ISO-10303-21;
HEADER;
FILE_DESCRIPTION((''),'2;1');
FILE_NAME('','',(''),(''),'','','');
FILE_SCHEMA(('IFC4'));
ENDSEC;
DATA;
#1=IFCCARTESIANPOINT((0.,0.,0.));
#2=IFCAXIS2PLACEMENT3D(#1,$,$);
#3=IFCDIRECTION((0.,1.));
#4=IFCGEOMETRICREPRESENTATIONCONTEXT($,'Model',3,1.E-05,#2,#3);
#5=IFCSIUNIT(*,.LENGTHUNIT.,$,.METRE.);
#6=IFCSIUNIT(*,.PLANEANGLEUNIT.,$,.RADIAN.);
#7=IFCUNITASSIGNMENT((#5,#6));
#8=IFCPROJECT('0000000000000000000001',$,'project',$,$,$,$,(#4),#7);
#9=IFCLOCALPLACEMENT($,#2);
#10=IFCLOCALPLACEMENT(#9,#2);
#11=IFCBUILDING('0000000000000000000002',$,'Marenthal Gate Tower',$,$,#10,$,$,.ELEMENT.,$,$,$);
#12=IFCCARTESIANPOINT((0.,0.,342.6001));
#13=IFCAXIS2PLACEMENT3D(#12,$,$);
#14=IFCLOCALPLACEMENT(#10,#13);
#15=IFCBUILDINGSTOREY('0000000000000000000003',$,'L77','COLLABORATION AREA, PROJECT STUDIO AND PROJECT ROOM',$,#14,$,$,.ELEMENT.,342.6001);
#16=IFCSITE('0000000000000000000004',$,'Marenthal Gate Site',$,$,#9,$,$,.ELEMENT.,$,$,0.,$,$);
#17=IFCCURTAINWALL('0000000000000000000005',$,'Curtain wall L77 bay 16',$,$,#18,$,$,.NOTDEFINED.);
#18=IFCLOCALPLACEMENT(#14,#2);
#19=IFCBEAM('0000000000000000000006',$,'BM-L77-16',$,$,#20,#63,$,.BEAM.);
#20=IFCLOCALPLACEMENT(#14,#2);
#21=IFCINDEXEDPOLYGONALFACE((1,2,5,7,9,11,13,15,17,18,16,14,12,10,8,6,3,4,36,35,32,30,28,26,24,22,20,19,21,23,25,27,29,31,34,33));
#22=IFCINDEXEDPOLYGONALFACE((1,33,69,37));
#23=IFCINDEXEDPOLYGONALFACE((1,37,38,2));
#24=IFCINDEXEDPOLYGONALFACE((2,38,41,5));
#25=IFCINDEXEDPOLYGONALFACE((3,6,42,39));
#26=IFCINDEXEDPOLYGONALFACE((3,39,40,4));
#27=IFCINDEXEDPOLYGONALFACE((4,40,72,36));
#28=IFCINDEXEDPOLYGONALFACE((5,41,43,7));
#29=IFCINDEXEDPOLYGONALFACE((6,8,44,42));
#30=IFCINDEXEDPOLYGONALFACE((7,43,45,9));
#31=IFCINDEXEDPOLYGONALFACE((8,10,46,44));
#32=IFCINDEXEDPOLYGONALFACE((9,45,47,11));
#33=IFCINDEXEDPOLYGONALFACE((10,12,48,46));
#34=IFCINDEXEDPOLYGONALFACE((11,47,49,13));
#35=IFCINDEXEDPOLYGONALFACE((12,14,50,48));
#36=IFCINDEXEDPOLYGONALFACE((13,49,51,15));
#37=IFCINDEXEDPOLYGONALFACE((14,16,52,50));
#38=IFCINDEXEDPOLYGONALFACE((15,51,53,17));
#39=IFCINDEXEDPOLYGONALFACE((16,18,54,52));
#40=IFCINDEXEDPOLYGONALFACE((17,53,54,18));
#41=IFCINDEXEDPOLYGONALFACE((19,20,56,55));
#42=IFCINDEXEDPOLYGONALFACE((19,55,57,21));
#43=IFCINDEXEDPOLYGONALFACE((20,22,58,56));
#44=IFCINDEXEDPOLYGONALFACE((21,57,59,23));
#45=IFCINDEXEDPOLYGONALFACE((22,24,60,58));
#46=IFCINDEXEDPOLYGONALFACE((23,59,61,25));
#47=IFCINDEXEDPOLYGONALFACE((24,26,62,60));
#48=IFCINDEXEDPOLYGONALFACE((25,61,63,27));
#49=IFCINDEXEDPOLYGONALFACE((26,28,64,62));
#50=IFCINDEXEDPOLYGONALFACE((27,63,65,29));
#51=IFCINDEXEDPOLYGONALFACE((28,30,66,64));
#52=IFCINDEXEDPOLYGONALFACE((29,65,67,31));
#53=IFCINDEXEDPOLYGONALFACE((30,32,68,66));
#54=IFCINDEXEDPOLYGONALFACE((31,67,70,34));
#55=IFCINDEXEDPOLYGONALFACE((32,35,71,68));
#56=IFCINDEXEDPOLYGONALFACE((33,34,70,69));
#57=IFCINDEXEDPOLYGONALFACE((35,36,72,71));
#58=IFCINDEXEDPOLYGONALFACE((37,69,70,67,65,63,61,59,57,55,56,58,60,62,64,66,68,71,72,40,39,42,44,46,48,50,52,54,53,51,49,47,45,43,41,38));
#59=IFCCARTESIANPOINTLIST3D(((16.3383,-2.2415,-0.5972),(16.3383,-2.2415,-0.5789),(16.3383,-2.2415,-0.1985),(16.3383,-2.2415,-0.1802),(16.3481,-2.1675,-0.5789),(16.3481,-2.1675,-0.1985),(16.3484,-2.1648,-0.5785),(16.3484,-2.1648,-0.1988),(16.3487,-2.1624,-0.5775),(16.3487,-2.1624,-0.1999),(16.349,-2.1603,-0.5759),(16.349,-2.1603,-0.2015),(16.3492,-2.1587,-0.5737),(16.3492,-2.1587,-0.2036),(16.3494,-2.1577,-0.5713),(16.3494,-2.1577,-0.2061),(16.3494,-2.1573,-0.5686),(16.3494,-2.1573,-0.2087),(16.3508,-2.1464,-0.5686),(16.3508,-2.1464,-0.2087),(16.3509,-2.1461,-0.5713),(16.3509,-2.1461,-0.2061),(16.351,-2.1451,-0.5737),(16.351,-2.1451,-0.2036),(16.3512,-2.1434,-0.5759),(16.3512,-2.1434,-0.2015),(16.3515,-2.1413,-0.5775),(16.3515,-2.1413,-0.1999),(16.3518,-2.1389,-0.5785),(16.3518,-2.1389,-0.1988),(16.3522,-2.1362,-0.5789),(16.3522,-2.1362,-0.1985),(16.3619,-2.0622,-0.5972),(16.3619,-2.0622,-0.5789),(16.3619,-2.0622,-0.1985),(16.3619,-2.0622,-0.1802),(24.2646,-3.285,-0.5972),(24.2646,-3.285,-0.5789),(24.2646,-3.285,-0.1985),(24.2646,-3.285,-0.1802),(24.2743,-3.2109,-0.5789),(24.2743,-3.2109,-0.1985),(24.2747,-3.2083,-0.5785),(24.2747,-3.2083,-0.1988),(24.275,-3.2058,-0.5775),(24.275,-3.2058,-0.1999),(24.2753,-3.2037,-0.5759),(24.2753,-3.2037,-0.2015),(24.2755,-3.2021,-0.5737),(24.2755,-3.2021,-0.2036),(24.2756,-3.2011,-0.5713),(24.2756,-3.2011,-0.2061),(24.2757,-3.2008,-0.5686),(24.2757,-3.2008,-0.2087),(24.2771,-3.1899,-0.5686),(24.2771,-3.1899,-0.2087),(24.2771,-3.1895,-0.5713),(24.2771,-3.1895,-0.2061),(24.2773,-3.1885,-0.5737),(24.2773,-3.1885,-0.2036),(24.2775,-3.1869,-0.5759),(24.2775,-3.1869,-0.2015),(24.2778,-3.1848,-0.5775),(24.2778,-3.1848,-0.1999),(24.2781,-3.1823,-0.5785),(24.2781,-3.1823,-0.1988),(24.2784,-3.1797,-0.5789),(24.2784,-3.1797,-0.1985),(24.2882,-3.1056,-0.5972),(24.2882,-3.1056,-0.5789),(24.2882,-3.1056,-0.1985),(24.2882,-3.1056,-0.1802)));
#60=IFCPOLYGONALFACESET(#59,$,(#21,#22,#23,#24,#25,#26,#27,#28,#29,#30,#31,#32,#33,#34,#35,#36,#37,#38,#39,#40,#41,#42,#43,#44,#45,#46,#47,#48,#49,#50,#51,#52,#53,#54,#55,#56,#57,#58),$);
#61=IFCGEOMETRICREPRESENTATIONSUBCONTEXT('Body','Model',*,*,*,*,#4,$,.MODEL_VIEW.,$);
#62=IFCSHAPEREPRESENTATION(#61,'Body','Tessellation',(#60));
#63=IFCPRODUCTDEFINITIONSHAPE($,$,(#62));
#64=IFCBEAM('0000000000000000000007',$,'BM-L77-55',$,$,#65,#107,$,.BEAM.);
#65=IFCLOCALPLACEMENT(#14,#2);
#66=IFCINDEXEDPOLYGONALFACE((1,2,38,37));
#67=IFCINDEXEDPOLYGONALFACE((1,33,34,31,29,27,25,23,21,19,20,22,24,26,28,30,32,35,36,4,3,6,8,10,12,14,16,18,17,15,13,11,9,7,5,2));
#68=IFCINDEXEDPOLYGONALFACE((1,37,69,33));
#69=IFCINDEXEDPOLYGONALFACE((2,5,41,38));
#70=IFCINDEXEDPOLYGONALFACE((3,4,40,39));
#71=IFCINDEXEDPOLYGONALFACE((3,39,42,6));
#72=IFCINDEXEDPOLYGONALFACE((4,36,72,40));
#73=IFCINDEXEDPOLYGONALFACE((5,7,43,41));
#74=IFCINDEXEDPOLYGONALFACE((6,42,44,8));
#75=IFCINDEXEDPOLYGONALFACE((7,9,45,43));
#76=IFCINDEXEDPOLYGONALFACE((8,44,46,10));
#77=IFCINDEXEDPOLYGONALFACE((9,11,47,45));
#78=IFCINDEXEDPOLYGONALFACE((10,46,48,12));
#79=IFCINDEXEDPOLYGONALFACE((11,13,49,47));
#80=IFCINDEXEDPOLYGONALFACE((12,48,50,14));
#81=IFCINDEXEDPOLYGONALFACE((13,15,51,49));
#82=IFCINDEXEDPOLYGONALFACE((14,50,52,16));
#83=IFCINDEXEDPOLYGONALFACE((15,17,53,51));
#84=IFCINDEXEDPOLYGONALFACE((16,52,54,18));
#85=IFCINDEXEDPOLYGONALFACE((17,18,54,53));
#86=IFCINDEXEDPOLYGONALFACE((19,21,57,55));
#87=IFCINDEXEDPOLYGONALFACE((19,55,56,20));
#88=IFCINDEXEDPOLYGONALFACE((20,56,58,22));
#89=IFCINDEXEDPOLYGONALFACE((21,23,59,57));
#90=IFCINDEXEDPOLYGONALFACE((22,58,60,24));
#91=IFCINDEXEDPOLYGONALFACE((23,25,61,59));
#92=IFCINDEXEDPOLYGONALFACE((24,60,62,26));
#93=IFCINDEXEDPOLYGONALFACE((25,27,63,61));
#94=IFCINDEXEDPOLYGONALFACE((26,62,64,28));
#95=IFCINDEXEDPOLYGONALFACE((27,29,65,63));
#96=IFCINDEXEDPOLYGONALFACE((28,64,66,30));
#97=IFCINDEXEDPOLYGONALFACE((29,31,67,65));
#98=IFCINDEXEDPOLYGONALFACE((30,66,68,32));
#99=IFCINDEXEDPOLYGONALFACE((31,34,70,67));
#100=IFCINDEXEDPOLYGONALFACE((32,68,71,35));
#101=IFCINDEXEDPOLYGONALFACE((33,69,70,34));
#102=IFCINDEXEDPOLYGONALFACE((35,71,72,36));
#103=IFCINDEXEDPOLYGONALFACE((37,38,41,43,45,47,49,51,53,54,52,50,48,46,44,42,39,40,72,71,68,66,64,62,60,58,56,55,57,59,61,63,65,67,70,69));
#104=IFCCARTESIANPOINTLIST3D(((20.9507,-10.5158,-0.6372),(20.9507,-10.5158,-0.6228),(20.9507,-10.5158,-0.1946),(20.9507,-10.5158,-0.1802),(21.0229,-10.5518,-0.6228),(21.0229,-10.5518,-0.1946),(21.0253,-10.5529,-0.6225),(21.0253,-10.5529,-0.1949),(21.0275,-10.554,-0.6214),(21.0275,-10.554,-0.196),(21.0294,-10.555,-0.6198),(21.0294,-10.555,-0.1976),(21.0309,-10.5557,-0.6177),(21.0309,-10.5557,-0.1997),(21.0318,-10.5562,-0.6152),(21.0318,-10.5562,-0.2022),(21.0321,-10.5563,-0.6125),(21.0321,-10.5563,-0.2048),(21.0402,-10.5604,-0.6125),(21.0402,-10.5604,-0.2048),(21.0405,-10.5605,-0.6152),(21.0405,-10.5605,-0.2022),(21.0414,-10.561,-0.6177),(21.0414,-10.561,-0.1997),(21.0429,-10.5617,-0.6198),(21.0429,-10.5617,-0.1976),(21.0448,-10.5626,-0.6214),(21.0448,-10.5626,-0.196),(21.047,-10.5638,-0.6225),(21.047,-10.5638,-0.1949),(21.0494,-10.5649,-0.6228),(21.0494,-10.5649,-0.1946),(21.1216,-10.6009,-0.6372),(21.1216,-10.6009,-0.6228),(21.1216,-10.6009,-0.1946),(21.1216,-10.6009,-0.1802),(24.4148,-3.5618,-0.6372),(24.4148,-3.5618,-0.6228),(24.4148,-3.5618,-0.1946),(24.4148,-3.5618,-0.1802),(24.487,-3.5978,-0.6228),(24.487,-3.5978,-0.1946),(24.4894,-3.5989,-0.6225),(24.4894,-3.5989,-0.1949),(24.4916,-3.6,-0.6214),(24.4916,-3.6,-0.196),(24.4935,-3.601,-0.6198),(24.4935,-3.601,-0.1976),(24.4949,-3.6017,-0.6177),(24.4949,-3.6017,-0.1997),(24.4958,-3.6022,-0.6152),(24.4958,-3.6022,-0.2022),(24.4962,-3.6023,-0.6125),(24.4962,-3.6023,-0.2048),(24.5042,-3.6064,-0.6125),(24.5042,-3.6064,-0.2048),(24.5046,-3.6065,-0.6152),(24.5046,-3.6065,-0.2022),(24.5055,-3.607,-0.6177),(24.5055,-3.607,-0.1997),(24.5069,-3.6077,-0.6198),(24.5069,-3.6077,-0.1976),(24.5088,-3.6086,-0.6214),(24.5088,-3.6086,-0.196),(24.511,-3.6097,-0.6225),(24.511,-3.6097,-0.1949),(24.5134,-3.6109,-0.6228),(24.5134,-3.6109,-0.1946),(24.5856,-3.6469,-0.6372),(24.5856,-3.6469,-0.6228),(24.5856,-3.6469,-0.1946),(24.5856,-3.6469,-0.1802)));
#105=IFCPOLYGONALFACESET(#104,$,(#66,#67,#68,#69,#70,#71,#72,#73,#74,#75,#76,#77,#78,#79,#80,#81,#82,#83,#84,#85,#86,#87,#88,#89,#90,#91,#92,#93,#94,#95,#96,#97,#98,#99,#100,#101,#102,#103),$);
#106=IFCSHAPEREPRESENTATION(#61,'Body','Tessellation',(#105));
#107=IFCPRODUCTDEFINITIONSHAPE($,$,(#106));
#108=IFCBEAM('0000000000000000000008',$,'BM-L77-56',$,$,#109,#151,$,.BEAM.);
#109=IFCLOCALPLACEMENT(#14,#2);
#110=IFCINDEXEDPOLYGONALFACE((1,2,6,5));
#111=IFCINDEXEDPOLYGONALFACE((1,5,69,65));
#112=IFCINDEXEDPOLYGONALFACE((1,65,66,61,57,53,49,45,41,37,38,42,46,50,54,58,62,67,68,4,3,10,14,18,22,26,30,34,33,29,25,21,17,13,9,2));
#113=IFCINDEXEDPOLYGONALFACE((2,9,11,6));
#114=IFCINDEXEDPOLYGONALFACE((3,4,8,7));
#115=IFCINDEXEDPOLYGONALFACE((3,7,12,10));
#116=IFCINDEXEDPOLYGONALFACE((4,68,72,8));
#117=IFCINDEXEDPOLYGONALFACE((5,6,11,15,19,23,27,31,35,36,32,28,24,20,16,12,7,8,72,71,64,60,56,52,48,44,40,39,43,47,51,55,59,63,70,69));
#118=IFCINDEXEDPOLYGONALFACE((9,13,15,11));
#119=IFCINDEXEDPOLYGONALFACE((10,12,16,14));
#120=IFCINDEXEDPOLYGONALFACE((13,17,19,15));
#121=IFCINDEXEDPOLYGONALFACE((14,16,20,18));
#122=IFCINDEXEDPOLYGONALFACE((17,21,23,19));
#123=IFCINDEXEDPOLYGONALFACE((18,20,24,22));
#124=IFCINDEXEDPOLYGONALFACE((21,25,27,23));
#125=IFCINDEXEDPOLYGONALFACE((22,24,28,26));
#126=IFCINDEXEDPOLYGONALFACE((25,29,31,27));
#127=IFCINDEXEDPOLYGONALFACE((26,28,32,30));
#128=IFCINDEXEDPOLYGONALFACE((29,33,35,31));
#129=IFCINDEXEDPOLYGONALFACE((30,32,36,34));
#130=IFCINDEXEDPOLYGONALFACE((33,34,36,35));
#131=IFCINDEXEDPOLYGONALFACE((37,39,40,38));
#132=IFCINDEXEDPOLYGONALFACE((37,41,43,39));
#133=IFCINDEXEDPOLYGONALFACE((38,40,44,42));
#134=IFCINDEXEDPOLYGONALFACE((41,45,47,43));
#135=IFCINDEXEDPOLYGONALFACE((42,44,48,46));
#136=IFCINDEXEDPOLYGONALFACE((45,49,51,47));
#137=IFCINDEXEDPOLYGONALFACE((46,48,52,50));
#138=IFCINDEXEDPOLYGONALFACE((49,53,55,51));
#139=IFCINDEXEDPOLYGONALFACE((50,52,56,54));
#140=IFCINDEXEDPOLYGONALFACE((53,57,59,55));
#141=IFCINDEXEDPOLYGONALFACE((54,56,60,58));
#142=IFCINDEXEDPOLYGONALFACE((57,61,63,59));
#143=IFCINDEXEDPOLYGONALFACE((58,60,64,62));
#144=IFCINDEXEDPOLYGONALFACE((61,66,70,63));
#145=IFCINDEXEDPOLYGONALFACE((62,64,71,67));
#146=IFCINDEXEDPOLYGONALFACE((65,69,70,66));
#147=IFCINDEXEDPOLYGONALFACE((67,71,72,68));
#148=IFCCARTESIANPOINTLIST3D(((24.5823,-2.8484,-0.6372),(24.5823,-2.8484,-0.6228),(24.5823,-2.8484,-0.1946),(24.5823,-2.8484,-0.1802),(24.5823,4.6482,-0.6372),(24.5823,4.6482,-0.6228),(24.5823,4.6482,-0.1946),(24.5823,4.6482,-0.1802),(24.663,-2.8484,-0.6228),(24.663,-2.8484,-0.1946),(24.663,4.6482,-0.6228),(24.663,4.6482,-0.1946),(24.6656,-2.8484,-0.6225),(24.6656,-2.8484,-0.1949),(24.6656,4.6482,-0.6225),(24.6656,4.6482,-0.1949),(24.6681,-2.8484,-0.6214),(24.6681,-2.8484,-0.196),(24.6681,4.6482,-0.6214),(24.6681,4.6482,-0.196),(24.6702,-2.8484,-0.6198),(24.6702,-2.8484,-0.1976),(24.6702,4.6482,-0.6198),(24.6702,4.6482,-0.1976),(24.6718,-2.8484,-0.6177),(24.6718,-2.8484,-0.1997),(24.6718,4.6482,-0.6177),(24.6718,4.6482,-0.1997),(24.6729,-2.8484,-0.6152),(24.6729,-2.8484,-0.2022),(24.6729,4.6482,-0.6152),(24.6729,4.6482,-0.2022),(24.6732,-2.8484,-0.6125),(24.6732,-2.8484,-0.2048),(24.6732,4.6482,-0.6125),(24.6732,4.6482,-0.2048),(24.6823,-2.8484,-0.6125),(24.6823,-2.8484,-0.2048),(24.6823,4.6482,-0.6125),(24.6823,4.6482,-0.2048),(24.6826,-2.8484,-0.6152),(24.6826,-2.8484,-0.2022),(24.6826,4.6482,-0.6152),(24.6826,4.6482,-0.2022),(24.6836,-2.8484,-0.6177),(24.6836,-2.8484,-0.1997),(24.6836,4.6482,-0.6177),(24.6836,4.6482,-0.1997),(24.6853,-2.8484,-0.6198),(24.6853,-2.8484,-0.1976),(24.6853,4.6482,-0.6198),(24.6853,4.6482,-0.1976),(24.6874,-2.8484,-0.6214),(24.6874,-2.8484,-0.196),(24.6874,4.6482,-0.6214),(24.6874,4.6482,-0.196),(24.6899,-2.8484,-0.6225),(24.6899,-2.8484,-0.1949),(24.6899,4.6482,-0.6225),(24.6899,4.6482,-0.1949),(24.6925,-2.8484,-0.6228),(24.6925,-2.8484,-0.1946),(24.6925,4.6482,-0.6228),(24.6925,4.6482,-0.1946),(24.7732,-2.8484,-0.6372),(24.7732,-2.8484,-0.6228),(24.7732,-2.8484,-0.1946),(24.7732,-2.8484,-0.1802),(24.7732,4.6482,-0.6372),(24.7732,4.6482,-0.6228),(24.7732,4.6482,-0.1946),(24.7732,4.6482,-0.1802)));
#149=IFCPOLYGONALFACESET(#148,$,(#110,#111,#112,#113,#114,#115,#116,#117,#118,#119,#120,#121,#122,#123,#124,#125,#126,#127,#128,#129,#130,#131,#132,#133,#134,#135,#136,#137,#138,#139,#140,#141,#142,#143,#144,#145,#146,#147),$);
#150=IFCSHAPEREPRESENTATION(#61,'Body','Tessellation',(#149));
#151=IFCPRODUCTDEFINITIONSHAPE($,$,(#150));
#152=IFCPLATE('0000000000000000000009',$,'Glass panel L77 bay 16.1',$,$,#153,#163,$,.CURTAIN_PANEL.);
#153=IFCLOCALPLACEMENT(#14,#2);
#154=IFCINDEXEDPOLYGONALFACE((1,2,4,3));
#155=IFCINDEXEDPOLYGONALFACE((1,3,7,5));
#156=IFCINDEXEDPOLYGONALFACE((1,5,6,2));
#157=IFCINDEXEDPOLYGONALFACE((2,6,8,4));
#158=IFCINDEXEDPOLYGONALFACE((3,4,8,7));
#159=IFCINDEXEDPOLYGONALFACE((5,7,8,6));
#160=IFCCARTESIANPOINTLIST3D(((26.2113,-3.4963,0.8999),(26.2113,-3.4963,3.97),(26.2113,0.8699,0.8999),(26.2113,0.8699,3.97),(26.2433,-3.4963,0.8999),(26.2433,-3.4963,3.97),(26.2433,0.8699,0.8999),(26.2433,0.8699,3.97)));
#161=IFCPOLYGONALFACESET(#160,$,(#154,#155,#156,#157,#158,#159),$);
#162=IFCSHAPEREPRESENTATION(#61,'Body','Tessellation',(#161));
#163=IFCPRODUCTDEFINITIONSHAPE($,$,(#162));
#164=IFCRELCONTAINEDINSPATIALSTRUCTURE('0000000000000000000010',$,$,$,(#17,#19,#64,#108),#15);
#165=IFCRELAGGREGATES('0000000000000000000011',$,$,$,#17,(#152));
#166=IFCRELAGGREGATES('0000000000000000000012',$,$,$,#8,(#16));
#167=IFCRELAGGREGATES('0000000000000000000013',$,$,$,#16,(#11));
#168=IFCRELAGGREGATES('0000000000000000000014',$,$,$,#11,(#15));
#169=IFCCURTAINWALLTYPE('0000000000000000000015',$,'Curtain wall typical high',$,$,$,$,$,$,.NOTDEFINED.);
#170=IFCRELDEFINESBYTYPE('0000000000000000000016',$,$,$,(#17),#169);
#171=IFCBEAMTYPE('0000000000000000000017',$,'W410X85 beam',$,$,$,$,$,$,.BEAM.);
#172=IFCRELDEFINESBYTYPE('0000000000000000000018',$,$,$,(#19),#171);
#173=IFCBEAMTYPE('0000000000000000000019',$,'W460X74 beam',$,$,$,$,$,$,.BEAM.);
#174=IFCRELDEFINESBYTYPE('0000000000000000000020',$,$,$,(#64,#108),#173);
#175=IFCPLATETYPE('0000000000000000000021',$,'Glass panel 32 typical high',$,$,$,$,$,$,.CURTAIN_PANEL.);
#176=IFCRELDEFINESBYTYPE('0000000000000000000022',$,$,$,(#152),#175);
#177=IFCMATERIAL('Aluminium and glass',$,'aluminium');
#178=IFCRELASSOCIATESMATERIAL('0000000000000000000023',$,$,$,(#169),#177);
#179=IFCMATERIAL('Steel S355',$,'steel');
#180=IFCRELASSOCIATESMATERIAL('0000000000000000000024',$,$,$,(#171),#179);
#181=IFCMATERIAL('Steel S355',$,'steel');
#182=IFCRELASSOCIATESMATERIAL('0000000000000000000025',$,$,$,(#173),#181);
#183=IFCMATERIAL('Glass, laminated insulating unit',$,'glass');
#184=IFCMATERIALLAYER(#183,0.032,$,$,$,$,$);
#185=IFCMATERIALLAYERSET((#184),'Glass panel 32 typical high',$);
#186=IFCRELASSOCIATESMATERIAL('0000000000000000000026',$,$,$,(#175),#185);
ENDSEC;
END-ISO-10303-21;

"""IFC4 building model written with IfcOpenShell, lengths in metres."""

from ifc_helpers import new_model, si_unit, direction, frame, origin, origin_2d, place, context, subcontext, project, spatial, rectangle, i_section, extrude, material, layer, layer_set, material_profile, profile_set, type_object, element, aggregate, save


model = new_model("IFC4")

# Units and contexts
model_context = context("Model", 3, precision=1e-05, world=origin(), true_north=direction((0.0, 1.0)))
body_context = subcontext(model_context, "Body", "Model", "MODEL_VIEW")
ifc_project = project(units=[si_unit("LENGTHUNIT", "METRE"), si_unit("PLANEANGLEUNIT", "RADIAN")], contexts=[model_context])

# Site, building, storey
site_placement = place(None, origin())
site = spatial("IfcSite", under=ifc_project, at=site_placement, Name="Marenthal Gate Site", CompositionType="ELEMENT", RefElevation=0.0)
building_placement = place(site_placement, origin())
building = spatial("IfcBuilding", under=site, at=building_placement, Name="Marenthal Gate Tower", CompositionType="ELEMENT")
storey_placement = place(building_placement, frame((0.0, 0.0, 342.6001)))
storey = spatial("IfcBuildingStorey", under=building, at=storey_placement, Name="L77", Description="COLLABORATION AREA, PROJECT STUDIO AND PROJECT ROOM", CompositionType="ELEMENT", Elevation=342.6001)

# Curtain wall
ifc_material_1 = material(Name="Aluminium and glass", Category="aluminium")
curtain_wall_type = type_object("IfcCurtainWallType", Name="Curtain wall typical high", PredefinedType="NOTDEFINED", material=ifc_material_1)
curtain_wall_placement = place(storey_placement, origin())
curtain_wall = element("IfcCurtainWall", 1, at=curtain_wall_placement, inside=storey, type_object=curtain_wall_type, Name="Curtain wall L77 bay 16", PredefinedType="NOTDEFINED")

# Beams
ifc_material_2 = material(Name="Steel S355", Category="steel")
ifc_material_profile_1 = material_profile(ifc_material_2, i_section(OverallWidth=0.1809, OverallDepth=0.417, WebThickness=0.011, FlangeThickness=0.0183, FilletRadius=0.0103, at=origin_2d()), Name="W410X85")
ifc_profile_set_1 = profile_set([ifc_material_profile_1], Name="Steel S355")
beam_type_1 = type_object("IfcBeamType", Name="W410X85 beam", PredefinedType="BEAM", material=ifc_profile_set_1)
beam_1_placement = place(storey_placement, frame((24.2764, -3.1953, -0.3887), z_axis=(-0.991446, 0.130519, 0.0), x_axis=(-0.130519, -0.991446, 0.0)))
element("IfcBeam", 2, at=beam_1_placement, inside=storey, type_object=beam_type_1, Name="BM-L77-16", PredefinedType="BEAM", context=body_context, shape_type="SweptSolid", body=[
    extrude(i_section(OverallWidth=0.1809, OverallDepth=0.417, WebThickness=0.011, FlangeThickness=0.0183, FilletRadius=0.0103, at=origin_2d()), origin(), (0.0, 0.0, 1.0), 7.9946),
])
ifc_material_3 = material(Name="Steel S355", Category="steel")
ifc_material_profile_2 = material_profile(ifc_material_3, i_section(OverallWidth=0.1909, OverallDepth=0.457, WebThickness=0.009, FlangeThickness=0.0144, FilletRadius=0.0103, at=origin_2d()), Name="W460X74")
ifc_profile_set_2 = profile_set([ifc_material_profile_2], Name="Steel S355")
beam_type_2 = type_object("IfcBeamType", Name="W460X74 beam", PredefinedType="BEAM", material=ifc_profile_set_2)
beam_2_placement = place(storey_placement, frame((21.0361, -10.5583, -0.4087), z_axis=(0.445881, 0.895092, 0.0), x_axis=(-0.895092, 0.445881, 0.0)))
element("IfcBeam", 3, at=beam_2_placement, inside=storey, type_object=beam_type_2, Name="BM-L77-55", PredefinedType="BEAM", context=body_context, shape_type="SweptSolid", body=[
    extrude(i_section(OverallWidth=0.1909, OverallDepth=0.457, WebThickness=0.009, FlangeThickness=0.0144, FilletRadius=0.0103, at=origin_2d()), origin(), (0.0, 0.0, 1.0), 7.769),
])
beam_3_placement = place(storey_placement, frame((24.6777, -2.8484, -0.4087), z_axis=(0.0, 1.0, 0.0), x_axis=(-1.0, 0.0, 0.0)))
element("IfcBeam", 4, at=beam_3_placement, inside=storey, type_object=beam_type_2, Name="BM-L77-56", PredefinedType="BEAM", context=body_context, shape_type="SweptSolid", body=[
    extrude(i_section(OverallWidth=0.1909, OverallDepth=0.457, WebThickness=0.009, FlangeThickness=0.0144, FilletRadius=0.0103, at=origin_2d()), origin(), (0.0, 0.0, 1.0), 7.4966),
])

# Plate
ifc_material_4 = material(Name="Glass, laminated insulating unit", Category="glass")
ifc_layer_1 = layer(ifc_material_4, 0.032)
ifc_layer_set_1 = layer_set([ifc_layer_1], Name="Glass panel 32 typical high")
plate_type = type_object("IfcPlateType", Name="Glass panel 32 typical high", PredefinedType="CURTAIN_PANEL", material=ifc_layer_set_1)
plate_placement = place(storey_placement, frame((26.2273, -1.3132, 0.8999), z_axis=(0.0, 0.0, 1.0), x_axis=(0.0, 1.0, 0.0)))
plate = element("IfcPlate", 5, at=plate_placement, type_object=plate_type, Name="Glass panel L77 bay 16.1", PredefinedType="CURTAIN_PANEL", context=body_context, shape_type="SweptSolid", body=[
    extrude(rectangle(XDim=4.3662, YDim=0.032, at=origin_2d()), origin(), (0.0, 0.0, 1.0), 3.0701),
])
aggregate(curtain_wall, [plate])

save(model, "model.ifc")
